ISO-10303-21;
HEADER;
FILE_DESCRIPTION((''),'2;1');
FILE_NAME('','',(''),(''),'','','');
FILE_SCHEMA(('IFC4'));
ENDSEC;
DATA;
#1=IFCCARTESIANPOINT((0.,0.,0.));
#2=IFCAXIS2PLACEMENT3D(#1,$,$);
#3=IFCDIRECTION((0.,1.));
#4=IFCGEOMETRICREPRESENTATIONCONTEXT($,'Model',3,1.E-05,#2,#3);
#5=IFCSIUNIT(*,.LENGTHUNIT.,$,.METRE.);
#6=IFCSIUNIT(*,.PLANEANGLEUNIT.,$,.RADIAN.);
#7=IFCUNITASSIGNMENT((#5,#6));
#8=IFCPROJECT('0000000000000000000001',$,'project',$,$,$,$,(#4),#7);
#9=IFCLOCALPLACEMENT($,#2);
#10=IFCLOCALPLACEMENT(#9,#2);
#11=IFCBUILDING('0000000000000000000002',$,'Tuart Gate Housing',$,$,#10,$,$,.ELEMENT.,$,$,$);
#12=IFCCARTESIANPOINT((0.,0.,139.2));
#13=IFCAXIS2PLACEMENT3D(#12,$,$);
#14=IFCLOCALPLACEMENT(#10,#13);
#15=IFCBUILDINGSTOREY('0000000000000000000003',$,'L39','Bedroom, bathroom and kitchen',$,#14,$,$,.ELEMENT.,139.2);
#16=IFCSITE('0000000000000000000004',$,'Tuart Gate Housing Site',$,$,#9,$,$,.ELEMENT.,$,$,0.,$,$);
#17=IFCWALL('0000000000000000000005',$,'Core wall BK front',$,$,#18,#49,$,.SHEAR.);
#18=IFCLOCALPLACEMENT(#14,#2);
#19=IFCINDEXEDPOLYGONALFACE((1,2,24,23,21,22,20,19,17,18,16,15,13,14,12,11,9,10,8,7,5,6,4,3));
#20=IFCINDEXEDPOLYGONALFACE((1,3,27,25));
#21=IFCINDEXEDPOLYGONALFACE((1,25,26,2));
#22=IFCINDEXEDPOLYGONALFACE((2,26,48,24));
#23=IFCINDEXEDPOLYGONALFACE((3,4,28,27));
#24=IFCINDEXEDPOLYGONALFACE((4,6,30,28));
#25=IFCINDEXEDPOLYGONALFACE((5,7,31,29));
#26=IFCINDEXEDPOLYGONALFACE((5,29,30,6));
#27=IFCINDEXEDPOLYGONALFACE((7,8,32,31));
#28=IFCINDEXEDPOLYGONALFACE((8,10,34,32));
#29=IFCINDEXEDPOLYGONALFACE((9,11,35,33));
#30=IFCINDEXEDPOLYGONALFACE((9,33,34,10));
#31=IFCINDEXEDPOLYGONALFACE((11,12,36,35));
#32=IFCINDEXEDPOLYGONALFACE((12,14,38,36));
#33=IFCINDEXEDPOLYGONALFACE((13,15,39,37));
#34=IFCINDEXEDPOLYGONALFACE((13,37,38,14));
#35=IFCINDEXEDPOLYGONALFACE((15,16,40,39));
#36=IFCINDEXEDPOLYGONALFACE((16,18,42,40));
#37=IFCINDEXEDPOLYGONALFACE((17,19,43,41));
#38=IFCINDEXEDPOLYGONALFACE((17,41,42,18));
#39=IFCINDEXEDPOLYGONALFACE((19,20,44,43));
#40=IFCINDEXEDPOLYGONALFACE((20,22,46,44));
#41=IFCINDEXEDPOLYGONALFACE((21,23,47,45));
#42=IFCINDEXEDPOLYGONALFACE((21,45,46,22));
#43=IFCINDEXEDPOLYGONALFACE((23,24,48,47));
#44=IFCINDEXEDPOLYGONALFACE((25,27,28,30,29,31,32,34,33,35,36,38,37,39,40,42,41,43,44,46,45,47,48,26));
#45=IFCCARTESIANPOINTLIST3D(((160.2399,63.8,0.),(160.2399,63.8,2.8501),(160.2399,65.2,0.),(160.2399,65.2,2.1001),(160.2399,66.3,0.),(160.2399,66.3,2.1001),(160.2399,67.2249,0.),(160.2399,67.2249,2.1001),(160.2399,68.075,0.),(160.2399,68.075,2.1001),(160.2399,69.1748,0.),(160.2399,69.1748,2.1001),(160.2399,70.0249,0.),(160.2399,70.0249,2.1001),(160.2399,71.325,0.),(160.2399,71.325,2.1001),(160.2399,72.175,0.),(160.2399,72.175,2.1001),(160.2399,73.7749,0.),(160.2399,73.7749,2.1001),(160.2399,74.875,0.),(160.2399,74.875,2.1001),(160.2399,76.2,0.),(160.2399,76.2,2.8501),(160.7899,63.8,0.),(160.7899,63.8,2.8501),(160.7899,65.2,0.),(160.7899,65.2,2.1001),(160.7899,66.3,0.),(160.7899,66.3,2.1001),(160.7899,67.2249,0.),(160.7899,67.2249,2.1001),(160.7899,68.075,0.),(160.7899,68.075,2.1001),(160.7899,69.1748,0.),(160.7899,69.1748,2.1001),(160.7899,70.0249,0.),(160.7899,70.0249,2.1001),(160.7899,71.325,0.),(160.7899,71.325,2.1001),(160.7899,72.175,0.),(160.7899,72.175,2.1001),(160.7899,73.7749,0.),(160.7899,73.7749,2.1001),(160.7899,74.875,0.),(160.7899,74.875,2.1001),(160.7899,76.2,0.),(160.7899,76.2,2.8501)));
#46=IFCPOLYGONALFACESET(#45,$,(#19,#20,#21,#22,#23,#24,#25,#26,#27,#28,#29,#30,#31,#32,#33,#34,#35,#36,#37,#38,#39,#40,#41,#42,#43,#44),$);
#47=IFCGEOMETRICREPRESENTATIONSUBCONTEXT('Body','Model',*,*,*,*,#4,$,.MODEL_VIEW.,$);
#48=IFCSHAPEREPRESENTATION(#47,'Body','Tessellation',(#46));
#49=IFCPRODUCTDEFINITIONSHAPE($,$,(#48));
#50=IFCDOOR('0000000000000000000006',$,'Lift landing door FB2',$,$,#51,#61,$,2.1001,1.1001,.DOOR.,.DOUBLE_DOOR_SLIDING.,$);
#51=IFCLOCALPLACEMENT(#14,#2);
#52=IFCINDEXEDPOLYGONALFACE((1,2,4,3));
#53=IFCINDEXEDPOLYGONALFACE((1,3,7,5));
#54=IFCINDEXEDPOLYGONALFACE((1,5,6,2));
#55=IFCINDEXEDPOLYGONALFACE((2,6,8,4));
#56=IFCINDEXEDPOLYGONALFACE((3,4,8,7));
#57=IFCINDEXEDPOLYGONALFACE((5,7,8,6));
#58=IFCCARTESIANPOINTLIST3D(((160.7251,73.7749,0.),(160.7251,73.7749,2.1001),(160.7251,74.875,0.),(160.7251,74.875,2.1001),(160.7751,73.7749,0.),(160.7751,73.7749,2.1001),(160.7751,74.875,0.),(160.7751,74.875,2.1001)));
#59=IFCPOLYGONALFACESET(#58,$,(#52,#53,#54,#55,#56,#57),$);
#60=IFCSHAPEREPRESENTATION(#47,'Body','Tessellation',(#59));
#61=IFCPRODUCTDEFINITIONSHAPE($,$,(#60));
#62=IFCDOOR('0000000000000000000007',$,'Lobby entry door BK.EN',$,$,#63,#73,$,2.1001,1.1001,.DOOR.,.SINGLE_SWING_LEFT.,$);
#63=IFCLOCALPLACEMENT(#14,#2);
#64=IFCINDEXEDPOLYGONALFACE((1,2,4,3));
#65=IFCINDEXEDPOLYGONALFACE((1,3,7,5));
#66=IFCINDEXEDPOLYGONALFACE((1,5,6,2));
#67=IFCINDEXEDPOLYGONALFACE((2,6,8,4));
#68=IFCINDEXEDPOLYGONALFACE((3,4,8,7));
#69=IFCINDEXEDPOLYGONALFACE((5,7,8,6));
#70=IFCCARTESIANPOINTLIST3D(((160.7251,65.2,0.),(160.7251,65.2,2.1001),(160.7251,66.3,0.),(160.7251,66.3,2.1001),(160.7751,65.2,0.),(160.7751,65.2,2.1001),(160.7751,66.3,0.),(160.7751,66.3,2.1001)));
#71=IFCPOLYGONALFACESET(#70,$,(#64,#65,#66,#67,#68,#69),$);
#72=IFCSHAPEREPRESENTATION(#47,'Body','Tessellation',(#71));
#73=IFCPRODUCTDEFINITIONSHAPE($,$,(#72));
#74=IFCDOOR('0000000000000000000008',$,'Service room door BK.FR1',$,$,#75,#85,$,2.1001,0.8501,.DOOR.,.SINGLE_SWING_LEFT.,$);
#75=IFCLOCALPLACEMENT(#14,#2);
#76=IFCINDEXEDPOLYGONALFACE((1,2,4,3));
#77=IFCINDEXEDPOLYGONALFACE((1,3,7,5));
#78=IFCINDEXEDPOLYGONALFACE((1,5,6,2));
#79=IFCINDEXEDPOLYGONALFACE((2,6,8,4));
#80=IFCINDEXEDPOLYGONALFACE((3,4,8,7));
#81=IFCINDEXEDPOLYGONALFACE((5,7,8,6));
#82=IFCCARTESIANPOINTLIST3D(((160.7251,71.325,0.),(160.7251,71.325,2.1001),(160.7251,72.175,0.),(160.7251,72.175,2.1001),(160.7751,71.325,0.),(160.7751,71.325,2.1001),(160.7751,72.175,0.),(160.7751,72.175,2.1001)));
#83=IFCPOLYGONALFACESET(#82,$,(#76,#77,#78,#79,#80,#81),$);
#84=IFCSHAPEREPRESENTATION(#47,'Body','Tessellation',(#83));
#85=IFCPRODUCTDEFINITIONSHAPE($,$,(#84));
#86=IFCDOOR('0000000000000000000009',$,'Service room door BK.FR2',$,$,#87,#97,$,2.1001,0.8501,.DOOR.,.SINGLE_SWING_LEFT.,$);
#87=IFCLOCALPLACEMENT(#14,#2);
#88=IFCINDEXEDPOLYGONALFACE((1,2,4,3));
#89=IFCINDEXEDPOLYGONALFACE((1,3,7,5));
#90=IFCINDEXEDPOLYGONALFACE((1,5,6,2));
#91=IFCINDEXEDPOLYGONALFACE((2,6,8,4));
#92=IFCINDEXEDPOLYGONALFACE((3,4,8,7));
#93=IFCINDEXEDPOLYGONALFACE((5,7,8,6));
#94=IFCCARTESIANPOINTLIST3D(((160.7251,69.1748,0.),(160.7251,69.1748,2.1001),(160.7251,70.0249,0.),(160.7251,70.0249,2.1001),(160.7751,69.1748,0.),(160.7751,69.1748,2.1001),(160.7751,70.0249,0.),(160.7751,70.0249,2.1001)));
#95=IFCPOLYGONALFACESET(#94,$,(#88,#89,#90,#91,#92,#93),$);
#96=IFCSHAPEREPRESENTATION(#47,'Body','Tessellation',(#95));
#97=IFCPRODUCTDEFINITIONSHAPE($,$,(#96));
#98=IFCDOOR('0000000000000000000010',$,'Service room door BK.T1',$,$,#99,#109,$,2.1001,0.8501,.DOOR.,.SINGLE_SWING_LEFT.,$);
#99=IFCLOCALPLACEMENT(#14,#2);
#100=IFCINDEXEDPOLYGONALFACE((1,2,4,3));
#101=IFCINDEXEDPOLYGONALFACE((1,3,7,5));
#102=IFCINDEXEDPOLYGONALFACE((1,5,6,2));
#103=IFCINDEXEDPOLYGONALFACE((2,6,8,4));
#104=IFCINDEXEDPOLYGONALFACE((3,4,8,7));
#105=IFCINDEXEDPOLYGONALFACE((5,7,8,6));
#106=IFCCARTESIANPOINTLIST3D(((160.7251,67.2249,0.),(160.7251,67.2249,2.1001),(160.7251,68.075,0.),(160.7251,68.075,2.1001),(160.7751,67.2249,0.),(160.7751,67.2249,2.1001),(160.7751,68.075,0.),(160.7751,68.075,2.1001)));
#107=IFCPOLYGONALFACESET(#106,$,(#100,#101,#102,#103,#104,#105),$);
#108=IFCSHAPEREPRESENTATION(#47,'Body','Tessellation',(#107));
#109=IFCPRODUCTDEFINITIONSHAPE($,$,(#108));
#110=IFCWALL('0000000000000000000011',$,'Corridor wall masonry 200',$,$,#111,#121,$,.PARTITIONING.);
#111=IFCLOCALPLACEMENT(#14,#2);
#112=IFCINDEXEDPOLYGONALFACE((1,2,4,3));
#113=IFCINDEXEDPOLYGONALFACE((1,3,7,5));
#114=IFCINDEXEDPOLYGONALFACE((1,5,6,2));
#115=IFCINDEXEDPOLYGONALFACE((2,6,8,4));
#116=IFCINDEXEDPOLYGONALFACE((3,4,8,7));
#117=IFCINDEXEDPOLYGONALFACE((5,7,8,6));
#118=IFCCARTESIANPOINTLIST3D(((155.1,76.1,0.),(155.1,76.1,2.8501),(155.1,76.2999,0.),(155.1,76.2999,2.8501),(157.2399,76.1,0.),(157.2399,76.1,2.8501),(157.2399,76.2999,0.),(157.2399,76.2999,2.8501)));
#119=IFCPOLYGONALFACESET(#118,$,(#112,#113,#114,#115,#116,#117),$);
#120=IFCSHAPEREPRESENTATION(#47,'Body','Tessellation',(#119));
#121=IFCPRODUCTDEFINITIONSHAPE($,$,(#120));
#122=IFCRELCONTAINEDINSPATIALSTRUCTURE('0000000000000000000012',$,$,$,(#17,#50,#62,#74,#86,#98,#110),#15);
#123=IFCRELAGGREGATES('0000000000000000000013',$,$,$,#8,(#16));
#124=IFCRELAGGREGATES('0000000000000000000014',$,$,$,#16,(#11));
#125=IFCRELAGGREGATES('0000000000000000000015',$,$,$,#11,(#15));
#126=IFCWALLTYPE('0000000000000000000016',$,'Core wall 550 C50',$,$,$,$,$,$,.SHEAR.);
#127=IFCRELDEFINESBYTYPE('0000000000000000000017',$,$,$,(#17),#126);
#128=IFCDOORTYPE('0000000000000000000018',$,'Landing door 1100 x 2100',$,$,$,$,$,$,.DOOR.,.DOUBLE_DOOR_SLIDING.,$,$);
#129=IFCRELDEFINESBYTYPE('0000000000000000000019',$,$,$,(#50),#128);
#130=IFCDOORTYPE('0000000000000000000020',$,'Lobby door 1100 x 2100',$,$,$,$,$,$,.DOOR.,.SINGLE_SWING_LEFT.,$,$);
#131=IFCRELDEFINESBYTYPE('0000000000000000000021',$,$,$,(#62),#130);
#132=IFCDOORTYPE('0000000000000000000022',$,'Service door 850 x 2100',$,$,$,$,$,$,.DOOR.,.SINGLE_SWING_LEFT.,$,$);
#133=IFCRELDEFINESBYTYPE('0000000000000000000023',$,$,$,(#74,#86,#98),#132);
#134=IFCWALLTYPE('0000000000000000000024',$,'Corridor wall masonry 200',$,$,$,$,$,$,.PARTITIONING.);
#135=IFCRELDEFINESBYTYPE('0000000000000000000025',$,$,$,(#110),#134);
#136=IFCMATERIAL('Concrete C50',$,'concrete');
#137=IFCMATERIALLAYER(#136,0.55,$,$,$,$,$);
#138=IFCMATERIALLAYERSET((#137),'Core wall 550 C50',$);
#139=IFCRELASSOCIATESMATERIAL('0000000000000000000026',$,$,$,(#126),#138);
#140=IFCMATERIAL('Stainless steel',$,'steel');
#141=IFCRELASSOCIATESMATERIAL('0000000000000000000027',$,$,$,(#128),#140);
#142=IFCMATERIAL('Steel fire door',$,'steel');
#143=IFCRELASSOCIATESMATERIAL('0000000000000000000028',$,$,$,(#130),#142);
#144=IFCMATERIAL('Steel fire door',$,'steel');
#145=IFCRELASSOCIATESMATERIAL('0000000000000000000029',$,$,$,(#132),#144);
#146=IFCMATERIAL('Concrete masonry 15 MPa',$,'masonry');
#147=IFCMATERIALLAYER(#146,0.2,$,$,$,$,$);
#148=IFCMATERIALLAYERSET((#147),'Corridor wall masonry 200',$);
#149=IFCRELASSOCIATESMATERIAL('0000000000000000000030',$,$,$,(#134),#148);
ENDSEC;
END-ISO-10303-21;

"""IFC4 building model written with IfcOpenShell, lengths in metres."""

from ifc_helpers import new_model, si_unit, direction, frame, frame_2d, origin, place, context, subcontext, project, spatial, rectangle, extrude, material, layer, layer_set, type_object, element, fill, save


model = new_model("IFC4")

# Units and contexts
model_context = context("Model", 3, precision=1e-05, world=origin(), true_north=direction((0.0, 1.0)))
body_context = subcontext(model_context, "Body", "Model", "MODEL_VIEW")
ifc_project = project(units=[si_unit("LENGTHUNIT", "METRE"), si_unit("PLANEANGLEUNIT", "RADIAN")], contexts=[model_context])

# Site, building, storey
site_placement = place(None, origin())
site = spatial("IfcSite", under=ifc_project, at=site_placement, Name="Tuart Gate Housing Site", CompositionType="ELEMENT", RefElevation=0.0)
building_placement = place(site_placement, origin())
building = spatial("IfcBuilding", under=site, at=building_placement, Name="Tuart Gate Housing", CompositionType="ELEMENT")
storey_placement = place(building_placement, frame((0.0, 0.0, 139.2)))
storey = spatial("IfcBuildingStorey", under=building, at=storey_placement, Name="L39", Description="Bedroom, bathroom and kitchen", CompositionType="ELEMENT", Elevation=139.2)

# Wall, openings, doors
ifc_material_1 = material(Name="Concrete C50", Category="concrete")
ifc_layer_1 = layer(ifc_material_1, 0.55)
ifc_layer_set_1 = layer_set([ifc_layer_1], Name="Core wall 550 C50")
wall_type_1 = type_object("IfcWallType", Name="Core wall 550 C50", PredefinedType="SHEAR", material=ifc_layer_set_1)
wall_1_placement = place(storey_placement, frame((160.5149, 76.2, 0.0), z_axis=(0.0, 0.0, 1.0), x_axis=(0.0, -1.0, 0.0)))
wall_1 = element("IfcWall", 1, at=wall_1_placement, inside=storey, type_object=wall_type_1, Name="Core wall BK front", PredefinedType="SHEAR", context=body_context, shape_type="SweptSolid", body=[
    extrude(rectangle(XDim=12.3999, YDim=0.55, at=frame_2d((6.2, 0.0))), origin(), (0.0, 0.0, 1.0), 2.8501),
])
opening_1_placement = place(wall_1_placement, frame((1.325, 0.0, 0.0)))
opening_1 = element("IfcOpeningElement", 2, at=opening_1_placement, cuts=wall_1, PredefinedType="OPENING", context=body_context, shape_type="SweptSolid", body=[
    extrude(rectangle(XDim=1.1001, YDim=2.1001, at=frame_2d((0.55, 1.05))), frame((0.0, 0.2849, 0.0), z_axis=(0.0, -1.0, 0.0), x_axis=(1.0, 0.0, 0.0)), (0.0, 0.0, 1.0), 0.5701),
])
opening_2_placement = place(wall_1_placement, frame((4.0249, 0.0, 0.0)))
opening_2 = element("IfcOpeningElement", 3, at=opening_2_placement, cuts=wall_1, PredefinedType="OPENING", context=body_context, shape_type="SweptSolid", body=[
    extrude(rectangle(XDim=0.8501, YDim=2.1001, at=frame_2d((0.425, 1.05))), frame((0.0, 0.2849, 0.0), z_axis=(0.0, -1.0, 0.0), x_axis=(1.0, 0.0, 0.0)), (0.0, 0.0, 1.0), 0.5701),
])
opening_3_placement = place(wall_1_placement, frame((6.175, 0.0, 0.0)))
opening_3 = element("IfcOpeningElement", 4, at=opening_3_placement, cuts=wall_1, PredefinedType="OPENING", context=body_context, shape_type="SweptSolid", body=[
    extrude(rectangle(XDim=0.8501, YDim=2.1001, at=frame_2d((0.425, 1.05))), frame((0.0, 0.2849, 0.0), z_axis=(0.0, -1.0, 0.0), x_axis=(1.0, 0.0, 0.0)), (0.0, 0.0, 1.0), 0.5701),
])
opening_4_placement = place(wall_1_placement, frame((9.8999, 0.0, 0.0)))
opening_4 = element("IfcOpeningElement", 5, at=opening_4_placement, cuts=wall_1, PredefinedType="OPENING", context=body_context, shape_type="SweptSolid", body=[
    extrude(rectangle(XDim=1.1001, YDim=2.1001, at=frame_2d((0.55, 1.05))), frame((0.0, 0.2849, 0.0), z_axis=(0.0, -1.0, 0.0), x_axis=(1.0, 0.0, 0.0)), (0.0, 0.0, 1.0), 0.5701),
])
opening_5_placement = place(wall_1_placement, frame((8.125, 0.0, 0.0)))
opening_5 = element("IfcOpeningElement", 6, at=opening_5_placement, cuts=wall_1, PredefinedType="OPENING", context=body_context, shape_type="SweptSolid", body=[
    extrude(rectangle(XDim=0.8501, YDim=2.1001, at=frame_2d((0.425, 1.05))), frame((0.0, 0.2849, 0.0), z_axis=(0.0, -1.0, 0.0), x_axis=(1.0, 0.0, 0.0)), (0.0, 0.0, 1.0), 0.5701),
])
ifc_material_2 = material(Name="Stainless steel", Category="steel")
door_type_1 = type_object("IfcDoorType", Name="Landing door 1100 x 2100", OperationType="DOUBLE_DOOR_SLIDING", PredefinedType="DOOR", material=ifc_material_2)
door_1_placement = place(opening_1_placement, origin())
door_1 = element("IfcDoor", 7, at=door_1_placement, inside=storey, type_object=door_type_1, Name="Lift landing door FB2", OperationType="DOUBLE_DOOR_SLIDING", OverallHeight=2.1001, OverallWidth=1.1001, PredefinedType="DOOR", context=body_context, shape_type="SweptSolid", body=[
    extrude(rectangle(XDim=1.1001, YDim=2.1001, at=frame_2d((0.55, 1.05))), frame((0.0, 0.2603, 0.0), z_axis=(0.0, -1.0, 0.0), x_axis=(1.0, 0.0, 0.0)), (0.0, 0.0, 1.0), 0.05),
])
fill(opening_1, door_1)
ifc_material_3 = material(Name="Steel fire door", Category="steel")
door_type_2 = type_object("IfcDoorType", Name="Lobby door 1100 x 2100", OperationType="SINGLE_SWING_LEFT", PredefinedType="DOOR", material=ifc_material_3)
door_2_placement = place(opening_4_placement, origin())
door_2 = element("IfcDoor", 8, at=door_2_placement, inside=storey, type_object=door_type_2, Name="Lobby entry door BK.EN", OperationType="SINGLE_SWING_LEFT", OverallHeight=2.1001, OverallWidth=1.1001, PredefinedType="DOOR", context=body_context, shape_type="SweptSolid", body=[
    extrude(rectangle(XDim=1.1001, YDim=2.1001, at=frame_2d((0.55, 1.05))), frame((0.0, 0.2603, 0.0), z_axis=(0.0, -1.0, 0.0), x_axis=(1.0, 0.0, 0.0)), (0.0, 0.0, 1.0), 0.05),
])
fill(opening_4, door_2)
ifc_material_4 = material(Name="Steel fire door", Category="steel")
door_type_3 = type_object("IfcDoorType", Name="Service door 850 x 2100", OperationType="SINGLE_SWING_LEFT", PredefinedType="DOOR", material=ifc_material_4)
door_3_placement = place(opening_2_placement, origin())
door_3 = element("IfcDoor", 9, at=door_3_placement, inside=storey, type_object=door_type_3, Name="Service room door BK.FR1", OperationType="SINGLE_SWING_LEFT", OverallHeight=2.1001, OverallWidth=0.8501, PredefinedType="DOOR", context=body_context, shape_type="SweptSolid", body=[
    extrude(rectangle(XDim=0.8501, YDim=2.1001, at=frame_2d((0.425, 1.05))), frame((0.0, 0.2603, 0.0), z_axis=(0.0, -1.0, 0.0), x_axis=(1.0, 0.0, 0.0)), (0.0, 0.0, 1.0), 0.05),
])
fill(opening_2, door_3)
door_4_placement = place(opening_3_placement, origin())
door_4 = element("IfcDoor", 10, at=door_4_placement, inside=storey, type_object=door_type_3, Name="Service room door BK.FR2", OperationType="SINGLE_SWING_LEFT", OverallHeight=2.1001, OverallWidth=0.8501, PredefinedType="DOOR", context=body_context, shape_type="SweptSolid", body=[
    extrude(rectangle(XDim=0.8501, YDim=2.1001, at=frame_2d((0.425, 1.05))), frame((0.0, 0.2603, 0.0), z_axis=(0.0, -1.0, 0.0), x_axis=(1.0, 0.0, 0.0)), (0.0, 0.0, 1.0), 0.05),
])
fill(opening_3, door_4)
door_5_placement = place(opening_5_placement, origin())
door_5 = element("IfcDoor", 11, at=door_5_placement, inside=storey, type_object=door_type_3, Name="Service room door BK.T1", OperationType="SINGLE_SWING_LEFT", OverallHeight=2.1001, OverallWidth=0.8501, PredefinedType="DOOR", context=body_context, shape_type="SweptSolid", body=[
    extrude(rectangle(XDim=0.8501, YDim=2.1001, at=frame_2d((0.425, 1.05))), frame((0.0, 0.2603, 0.0), z_axis=(0.0, -1.0, 0.0), x_axis=(1.0, 0.0, 0.0)), (0.0, 0.0, 1.0), 0.05),
])
fill(opening_5, door_5)

# Wall
ifc_material_5 = material(Name="Concrete masonry 15 MPa", Category="masonry")
ifc_layer_2 = layer(ifc_material_5, 0.2)
ifc_layer_set_2 = layer_set([ifc_layer_2], Name="Corridor wall masonry 200")
wall_type_2 = type_object("IfcWallType", Name="Corridor wall masonry 200", PredefinedType="PARTITIONING", material=ifc_layer_set_2)
wall_2_placement = place(storey_placement, frame((155.1001, 76.2, 0.0), z_axis=(0.0, 0.0, 1.0), x_axis=(1.0, 0.0, 0.0)))
element("IfcWall", 12, at=wall_2_placement, inside=storey, type_object=wall_type_2, Name="Corridor wall masonry 200", PredefinedType="PARTITIONING", context=body_context, shape_type="SweptSolid", body=[
    extrude(rectangle(XDim=2.1399, YDim=0.2, at=frame_2d((1.0698, 0.0))), origin(), (0.0, 0.0, 1.0), 2.8501),
])

save(model, "model.ifc")
